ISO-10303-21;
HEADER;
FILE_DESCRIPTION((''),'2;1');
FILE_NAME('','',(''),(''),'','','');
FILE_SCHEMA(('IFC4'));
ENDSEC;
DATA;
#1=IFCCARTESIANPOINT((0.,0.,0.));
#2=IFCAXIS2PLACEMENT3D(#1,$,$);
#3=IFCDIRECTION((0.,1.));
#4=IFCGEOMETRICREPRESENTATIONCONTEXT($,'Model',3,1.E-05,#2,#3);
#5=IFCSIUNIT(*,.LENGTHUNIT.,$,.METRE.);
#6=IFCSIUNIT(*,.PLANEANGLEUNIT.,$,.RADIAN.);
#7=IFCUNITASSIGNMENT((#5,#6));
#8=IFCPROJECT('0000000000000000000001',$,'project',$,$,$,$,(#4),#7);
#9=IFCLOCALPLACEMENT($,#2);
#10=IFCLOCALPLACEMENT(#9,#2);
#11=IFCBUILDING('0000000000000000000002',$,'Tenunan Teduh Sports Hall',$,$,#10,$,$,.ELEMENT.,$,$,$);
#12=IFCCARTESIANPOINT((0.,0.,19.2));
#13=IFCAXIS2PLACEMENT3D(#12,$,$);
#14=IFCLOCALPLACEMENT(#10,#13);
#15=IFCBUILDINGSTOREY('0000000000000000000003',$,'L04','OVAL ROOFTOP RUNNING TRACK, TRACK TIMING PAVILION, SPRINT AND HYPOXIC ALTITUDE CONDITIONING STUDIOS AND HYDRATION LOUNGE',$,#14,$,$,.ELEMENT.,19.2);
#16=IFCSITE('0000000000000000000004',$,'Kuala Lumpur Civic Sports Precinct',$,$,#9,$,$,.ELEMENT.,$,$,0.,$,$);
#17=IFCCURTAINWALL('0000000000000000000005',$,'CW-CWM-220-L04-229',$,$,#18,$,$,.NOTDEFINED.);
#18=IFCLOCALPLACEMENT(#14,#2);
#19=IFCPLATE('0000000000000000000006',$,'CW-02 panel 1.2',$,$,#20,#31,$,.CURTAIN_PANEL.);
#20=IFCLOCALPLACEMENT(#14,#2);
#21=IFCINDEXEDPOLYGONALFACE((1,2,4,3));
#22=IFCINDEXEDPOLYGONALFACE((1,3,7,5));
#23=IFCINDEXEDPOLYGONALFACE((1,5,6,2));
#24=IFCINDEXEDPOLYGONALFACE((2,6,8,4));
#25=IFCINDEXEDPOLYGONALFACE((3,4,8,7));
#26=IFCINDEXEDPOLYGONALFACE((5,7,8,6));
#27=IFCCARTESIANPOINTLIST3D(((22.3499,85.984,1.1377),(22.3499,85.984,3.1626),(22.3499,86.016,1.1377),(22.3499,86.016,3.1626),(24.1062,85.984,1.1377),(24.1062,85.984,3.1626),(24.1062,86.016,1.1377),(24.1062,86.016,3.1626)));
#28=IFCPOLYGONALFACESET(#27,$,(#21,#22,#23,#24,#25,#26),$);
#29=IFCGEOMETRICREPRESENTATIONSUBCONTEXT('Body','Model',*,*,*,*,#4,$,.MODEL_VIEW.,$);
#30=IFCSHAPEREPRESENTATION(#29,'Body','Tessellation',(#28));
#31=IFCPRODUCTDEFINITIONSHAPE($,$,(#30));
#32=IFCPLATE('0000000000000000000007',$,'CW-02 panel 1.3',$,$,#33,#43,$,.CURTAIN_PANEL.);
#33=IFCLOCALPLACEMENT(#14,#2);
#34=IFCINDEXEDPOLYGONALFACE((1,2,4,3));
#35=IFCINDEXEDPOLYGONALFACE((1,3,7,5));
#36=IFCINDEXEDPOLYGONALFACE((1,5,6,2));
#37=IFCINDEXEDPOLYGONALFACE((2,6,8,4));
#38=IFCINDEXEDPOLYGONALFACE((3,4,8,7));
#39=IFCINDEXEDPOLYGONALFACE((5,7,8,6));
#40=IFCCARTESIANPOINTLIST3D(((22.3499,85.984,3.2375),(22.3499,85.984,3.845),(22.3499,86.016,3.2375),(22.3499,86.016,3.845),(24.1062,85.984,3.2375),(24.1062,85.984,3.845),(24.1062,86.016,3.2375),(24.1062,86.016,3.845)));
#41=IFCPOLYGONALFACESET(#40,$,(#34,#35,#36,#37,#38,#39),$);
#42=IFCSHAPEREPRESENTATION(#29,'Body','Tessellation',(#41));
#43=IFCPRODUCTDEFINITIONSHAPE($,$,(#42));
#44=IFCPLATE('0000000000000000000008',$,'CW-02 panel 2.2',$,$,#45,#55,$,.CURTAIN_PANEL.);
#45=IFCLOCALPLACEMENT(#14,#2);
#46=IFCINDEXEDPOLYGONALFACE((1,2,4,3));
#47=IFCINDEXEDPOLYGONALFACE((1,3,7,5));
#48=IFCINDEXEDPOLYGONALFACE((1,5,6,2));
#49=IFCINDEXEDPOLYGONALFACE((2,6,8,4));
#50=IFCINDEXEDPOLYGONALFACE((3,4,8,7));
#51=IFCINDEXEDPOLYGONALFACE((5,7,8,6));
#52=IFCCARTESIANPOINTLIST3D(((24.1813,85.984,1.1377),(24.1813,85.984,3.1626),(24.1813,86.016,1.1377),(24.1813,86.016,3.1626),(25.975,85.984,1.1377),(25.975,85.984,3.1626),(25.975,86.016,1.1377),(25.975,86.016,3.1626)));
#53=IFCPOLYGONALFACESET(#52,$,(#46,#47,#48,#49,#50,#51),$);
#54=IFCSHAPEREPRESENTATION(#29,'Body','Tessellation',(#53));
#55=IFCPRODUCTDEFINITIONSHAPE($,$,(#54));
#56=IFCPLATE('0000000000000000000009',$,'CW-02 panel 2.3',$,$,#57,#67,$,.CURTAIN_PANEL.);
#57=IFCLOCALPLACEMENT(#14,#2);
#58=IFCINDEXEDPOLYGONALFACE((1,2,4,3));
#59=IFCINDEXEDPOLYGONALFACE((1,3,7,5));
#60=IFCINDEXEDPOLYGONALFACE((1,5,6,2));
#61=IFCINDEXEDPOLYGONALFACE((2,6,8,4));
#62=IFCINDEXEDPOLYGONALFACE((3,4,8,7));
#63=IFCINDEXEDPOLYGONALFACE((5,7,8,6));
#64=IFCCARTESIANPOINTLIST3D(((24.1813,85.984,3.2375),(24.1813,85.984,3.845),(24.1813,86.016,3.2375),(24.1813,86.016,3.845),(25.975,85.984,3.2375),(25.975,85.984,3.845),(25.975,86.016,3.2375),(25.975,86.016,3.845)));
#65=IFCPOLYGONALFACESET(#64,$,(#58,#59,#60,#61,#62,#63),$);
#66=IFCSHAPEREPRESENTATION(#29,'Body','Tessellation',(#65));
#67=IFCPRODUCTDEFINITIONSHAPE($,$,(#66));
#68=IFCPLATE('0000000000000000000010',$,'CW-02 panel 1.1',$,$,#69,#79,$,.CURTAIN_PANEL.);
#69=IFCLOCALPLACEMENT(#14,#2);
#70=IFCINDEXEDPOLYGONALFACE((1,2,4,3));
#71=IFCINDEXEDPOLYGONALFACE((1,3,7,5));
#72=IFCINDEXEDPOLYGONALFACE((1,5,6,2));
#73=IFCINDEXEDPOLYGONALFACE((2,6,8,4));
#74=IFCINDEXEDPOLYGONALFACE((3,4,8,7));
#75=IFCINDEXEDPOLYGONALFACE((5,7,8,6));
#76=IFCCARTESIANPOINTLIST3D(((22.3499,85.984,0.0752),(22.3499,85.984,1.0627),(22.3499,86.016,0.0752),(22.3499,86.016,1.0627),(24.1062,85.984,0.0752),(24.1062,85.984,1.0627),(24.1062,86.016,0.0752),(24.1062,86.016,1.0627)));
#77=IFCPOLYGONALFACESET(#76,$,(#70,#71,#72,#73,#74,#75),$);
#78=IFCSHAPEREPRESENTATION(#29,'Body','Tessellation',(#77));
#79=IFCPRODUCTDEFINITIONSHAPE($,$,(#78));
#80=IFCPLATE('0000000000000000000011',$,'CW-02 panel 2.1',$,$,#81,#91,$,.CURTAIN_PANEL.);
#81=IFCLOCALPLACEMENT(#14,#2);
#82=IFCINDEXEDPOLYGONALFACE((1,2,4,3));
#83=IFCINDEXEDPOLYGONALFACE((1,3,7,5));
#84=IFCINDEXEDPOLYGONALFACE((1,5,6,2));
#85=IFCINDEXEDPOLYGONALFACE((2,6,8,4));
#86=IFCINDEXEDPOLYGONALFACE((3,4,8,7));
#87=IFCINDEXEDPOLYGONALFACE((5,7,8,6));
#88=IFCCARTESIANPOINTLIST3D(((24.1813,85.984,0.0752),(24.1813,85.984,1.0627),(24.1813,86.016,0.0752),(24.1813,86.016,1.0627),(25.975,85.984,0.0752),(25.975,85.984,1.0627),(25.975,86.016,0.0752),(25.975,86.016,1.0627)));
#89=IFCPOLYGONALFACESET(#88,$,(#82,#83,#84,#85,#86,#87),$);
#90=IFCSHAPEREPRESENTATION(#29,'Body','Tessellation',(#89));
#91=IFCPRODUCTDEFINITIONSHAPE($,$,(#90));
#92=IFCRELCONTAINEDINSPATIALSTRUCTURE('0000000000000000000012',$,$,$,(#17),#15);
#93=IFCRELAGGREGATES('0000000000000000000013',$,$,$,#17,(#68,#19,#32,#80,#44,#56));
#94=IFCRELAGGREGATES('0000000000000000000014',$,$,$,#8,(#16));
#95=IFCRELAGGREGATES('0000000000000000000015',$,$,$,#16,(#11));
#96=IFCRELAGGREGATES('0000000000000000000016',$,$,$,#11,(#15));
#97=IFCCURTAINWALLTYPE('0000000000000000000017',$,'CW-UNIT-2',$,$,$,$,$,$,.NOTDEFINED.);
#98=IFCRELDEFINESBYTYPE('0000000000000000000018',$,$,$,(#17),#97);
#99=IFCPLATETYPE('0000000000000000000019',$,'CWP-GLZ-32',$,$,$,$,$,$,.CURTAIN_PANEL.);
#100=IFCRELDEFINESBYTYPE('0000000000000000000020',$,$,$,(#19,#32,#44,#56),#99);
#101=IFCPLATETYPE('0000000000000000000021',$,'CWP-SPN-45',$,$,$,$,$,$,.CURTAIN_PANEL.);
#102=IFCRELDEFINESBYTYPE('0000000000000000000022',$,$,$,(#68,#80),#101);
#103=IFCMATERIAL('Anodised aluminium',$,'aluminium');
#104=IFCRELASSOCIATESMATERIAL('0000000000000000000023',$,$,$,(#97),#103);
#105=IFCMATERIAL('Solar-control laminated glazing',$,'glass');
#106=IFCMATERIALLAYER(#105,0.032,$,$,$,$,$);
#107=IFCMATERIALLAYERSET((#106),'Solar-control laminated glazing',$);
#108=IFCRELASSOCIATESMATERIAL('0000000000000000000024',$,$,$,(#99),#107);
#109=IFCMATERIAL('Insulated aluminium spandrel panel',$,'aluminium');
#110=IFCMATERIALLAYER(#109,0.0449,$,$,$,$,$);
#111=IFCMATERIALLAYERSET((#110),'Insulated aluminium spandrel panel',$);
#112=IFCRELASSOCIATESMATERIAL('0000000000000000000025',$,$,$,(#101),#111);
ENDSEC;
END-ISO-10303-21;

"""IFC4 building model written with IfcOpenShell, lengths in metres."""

from ifc_helpers import new_model, si_unit, direction, frame, origin, origin_2d, place, context, subcontext, project, spatial, rectangle, extrude, material, layer, layer_set, type_object, element, aggregate, save


model = new_model("IFC4")

# Units and contexts
model_context = context("Model", 3, precision=1e-05, world=origin(), true_north=direction((0.0, 1.0)))
body_context = subcontext(model_context, "Body", "Model", "MODEL_VIEW")
ifc_project = project(units=[si_unit("LENGTHUNIT", "METRE"), si_unit("PLANEANGLEUNIT", "RADIAN")], contexts=[model_context])

# Site, building, storey
site_placement = place(None, origin())
site = spatial("IfcSite", under=ifc_project, at=site_placement, Name="Kuala Lumpur Civic Sports Precinct", CompositionType="ELEMENT", RefElevation=0.0)
building_placement = place(site_placement, origin())
building = spatial("IfcBuilding", under=site, at=building_placement, Name="Tenunan Teduh Sports Hall", CompositionType="ELEMENT")
storey_placement = place(building_placement, frame((0.0, 0.0, 19.2)))
storey = spatial("IfcBuildingStorey", under=building, at=storey_placement, Name="L04", Description="OVAL ROOFTOP RUNNING TRACK, TRACK TIMING PAVILION, SPRINT AND HYPOXIC ALTITUDE CONDITIONING STUDIOS AND HYDRATION LOUNGE", CompositionType="ELEMENT", Elevation=19.2)

# Curtain wall, plates
ifc_material_1 = material(Name="Anodised aluminium", Category="aluminium")
curtain_wall_type = type_object("IfcCurtainWallType", Name="CW-UNIT-2", PredefinedType="NOTDEFINED", material=ifc_material_1)
curtain_wall_placement = place(storey_placement, origin())
curtain_wall = element("IfcCurtainWall", 1, at=curtain_wall_placement, inside=storey, type_object=curtain_wall_type, Name="CW-CWM-220-L04-229", PredefinedType="NOTDEFINED")
ifc_material_2 = material(Name="Solar-control laminated glazing", Category="glass")
ifc_layer_1 = layer(ifc_material_2, 0.032)
ifc_layer_set_1 = layer_set([ifc_layer_1], Name="Solar-control laminated glazing")
plate_type_1 = type_object("IfcPlateType", Name="CWP-GLZ-32", PredefinedType="CURTAIN_PANEL", material=ifc_layer_set_1)
plate_1_placement = place(storey_placement, frame((23.228, 86.0, 1.1377), z_axis=(0.0, 0.0, 1.0), x_axis=(1.0, 0.0, 0.0)))
plate_1 = element("IfcPlate", 2, at=plate_1_placement, type_object=plate_type_1, Name="CW-02 panel 1.2", PredefinedType="CURTAIN_PANEL", context=body_context, shape_type="SweptSolid", body=[
    extrude(rectangle(XDim=1.7563, YDim=0.032, at=origin_2d()), origin(), (0.0, 0.0, 1.0), 2.0249),
])
plate_2_placement = place(storey_placement, frame((23.228, 86.0, 3.2375), z_axis=(0.0, 0.0, 1.0), x_axis=(1.0, 0.0, 0.0)))
plate_2 = element("IfcPlate", 3, at=plate_2_placement, type_object=plate_type_1, Name="CW-02 panel 1.3", PredefinedType="CURTAIN_PANEL", context=body_context, shape_type="SweptSolid", body=[
    extrude(rectangle(XDim=1.7563, YDim=0.032, at=origin_2d()), origin(), (0.0, 0.0, 1.0), 0.6074),
])
plate_3_placement = place(storey_placement, frame((25.0781, 86.0, 1.1377), z_axis=(0.0, 0.0, 1.0), x_axis=(1.0, 0.0, 0.0)))
plate_3 = element("IfcPlate", 4, at=plate_3_placement, type_object=plate_type_1, Name="CW-02 panel 2.2", PredefinedType="CURTAIN_PANEL", context=body_context, shape_type="SweptSolid", body=[
    extrude(rectangle(XDim=1.7937, YDim=0.032, at=origin_2d()), origin(), (0.0, 0.0, 1.0), 2.0249),
])
plate_4_placement = place(storey_placement, frame((25.0781, 86.0, 3.2375), z_axis=(0.0, 0.0, 1.0), x_axis=(1.0, 0.0, 0.0)))
plate_4 = element("IfcPlate", 5, at=plate_4_placement, type_object=plate_type_1, Name="CW-02 panel 2.3", PredefinedType="CURTAIN_PANEL", context=body_context, shape_type="SweptSolid", body=[
    extrude(rectangle(XDim=1.7937, YDim=0.032, at=origin_2d()), origin(), (0.0, 0.0, 1.0), 0.6074),
])
ifc_material_3 = material(Name="Insulated aluminium spandrel panel", Category="aluminium")
ifc_layer_2 = layer(ifc_material_3, 0.0449)
ifc_layer_set_2 = layer_set([ifc_layer_2], Name="Insulated aluminium spandrel panel")
plate_type_2 = type_object("IfcPlateType", Name="CWP-SPN-45", PredefinedType="CURTAIN_PANEL", material=ifc_layer_set_2)
plate_5_placement = place(storey_placement, frame((23.228, 86.0, 0.0752), z_axis=(0.0, 0.0, 1.0), x_axis=(1.0, 0.0, 0.0)))
plate_5 = element("IfcPlate", 6, at=plate_5_placement, type_object=plate_type_2, Name="CW-02 panel 1.1", PredefinedType="CURTAIN_PANEL", context=body_context, shape_type="SweptSolid", body=[
    extrude(rectangle(XDim=1.7563, YDim=0.032, at=origin_2d()), origin(), (0.0, 0.0, 1.0), 0.9875),
])
plate_6_placement = place(storey_placement, frame((25.0781, 86.0, 0.0752), z_axis=(0.0, 0.0, 1.0), x_axis=(1.0, 0.0, 0.0)))
plate_6 = element("IfcPlate", 7, at=plate_6_placement, type_object=plate_type_2, Name="CW-02 panel 2.1", PredefinedType="CURTAIN_PANEL", context=body_context, shape_type="SweptSolid", body=[
    extrude(rectangle(XDim=1.7937, YDim=0.032, at=origin_2d()), origin(), (0.0, 0.0, 1.0), 0.9875),
])
aggregate(curtain_wall, [plate_5, plate_1, plate_2, plate_6, plate_3, plate_4])

save(model, "model.ifc")
